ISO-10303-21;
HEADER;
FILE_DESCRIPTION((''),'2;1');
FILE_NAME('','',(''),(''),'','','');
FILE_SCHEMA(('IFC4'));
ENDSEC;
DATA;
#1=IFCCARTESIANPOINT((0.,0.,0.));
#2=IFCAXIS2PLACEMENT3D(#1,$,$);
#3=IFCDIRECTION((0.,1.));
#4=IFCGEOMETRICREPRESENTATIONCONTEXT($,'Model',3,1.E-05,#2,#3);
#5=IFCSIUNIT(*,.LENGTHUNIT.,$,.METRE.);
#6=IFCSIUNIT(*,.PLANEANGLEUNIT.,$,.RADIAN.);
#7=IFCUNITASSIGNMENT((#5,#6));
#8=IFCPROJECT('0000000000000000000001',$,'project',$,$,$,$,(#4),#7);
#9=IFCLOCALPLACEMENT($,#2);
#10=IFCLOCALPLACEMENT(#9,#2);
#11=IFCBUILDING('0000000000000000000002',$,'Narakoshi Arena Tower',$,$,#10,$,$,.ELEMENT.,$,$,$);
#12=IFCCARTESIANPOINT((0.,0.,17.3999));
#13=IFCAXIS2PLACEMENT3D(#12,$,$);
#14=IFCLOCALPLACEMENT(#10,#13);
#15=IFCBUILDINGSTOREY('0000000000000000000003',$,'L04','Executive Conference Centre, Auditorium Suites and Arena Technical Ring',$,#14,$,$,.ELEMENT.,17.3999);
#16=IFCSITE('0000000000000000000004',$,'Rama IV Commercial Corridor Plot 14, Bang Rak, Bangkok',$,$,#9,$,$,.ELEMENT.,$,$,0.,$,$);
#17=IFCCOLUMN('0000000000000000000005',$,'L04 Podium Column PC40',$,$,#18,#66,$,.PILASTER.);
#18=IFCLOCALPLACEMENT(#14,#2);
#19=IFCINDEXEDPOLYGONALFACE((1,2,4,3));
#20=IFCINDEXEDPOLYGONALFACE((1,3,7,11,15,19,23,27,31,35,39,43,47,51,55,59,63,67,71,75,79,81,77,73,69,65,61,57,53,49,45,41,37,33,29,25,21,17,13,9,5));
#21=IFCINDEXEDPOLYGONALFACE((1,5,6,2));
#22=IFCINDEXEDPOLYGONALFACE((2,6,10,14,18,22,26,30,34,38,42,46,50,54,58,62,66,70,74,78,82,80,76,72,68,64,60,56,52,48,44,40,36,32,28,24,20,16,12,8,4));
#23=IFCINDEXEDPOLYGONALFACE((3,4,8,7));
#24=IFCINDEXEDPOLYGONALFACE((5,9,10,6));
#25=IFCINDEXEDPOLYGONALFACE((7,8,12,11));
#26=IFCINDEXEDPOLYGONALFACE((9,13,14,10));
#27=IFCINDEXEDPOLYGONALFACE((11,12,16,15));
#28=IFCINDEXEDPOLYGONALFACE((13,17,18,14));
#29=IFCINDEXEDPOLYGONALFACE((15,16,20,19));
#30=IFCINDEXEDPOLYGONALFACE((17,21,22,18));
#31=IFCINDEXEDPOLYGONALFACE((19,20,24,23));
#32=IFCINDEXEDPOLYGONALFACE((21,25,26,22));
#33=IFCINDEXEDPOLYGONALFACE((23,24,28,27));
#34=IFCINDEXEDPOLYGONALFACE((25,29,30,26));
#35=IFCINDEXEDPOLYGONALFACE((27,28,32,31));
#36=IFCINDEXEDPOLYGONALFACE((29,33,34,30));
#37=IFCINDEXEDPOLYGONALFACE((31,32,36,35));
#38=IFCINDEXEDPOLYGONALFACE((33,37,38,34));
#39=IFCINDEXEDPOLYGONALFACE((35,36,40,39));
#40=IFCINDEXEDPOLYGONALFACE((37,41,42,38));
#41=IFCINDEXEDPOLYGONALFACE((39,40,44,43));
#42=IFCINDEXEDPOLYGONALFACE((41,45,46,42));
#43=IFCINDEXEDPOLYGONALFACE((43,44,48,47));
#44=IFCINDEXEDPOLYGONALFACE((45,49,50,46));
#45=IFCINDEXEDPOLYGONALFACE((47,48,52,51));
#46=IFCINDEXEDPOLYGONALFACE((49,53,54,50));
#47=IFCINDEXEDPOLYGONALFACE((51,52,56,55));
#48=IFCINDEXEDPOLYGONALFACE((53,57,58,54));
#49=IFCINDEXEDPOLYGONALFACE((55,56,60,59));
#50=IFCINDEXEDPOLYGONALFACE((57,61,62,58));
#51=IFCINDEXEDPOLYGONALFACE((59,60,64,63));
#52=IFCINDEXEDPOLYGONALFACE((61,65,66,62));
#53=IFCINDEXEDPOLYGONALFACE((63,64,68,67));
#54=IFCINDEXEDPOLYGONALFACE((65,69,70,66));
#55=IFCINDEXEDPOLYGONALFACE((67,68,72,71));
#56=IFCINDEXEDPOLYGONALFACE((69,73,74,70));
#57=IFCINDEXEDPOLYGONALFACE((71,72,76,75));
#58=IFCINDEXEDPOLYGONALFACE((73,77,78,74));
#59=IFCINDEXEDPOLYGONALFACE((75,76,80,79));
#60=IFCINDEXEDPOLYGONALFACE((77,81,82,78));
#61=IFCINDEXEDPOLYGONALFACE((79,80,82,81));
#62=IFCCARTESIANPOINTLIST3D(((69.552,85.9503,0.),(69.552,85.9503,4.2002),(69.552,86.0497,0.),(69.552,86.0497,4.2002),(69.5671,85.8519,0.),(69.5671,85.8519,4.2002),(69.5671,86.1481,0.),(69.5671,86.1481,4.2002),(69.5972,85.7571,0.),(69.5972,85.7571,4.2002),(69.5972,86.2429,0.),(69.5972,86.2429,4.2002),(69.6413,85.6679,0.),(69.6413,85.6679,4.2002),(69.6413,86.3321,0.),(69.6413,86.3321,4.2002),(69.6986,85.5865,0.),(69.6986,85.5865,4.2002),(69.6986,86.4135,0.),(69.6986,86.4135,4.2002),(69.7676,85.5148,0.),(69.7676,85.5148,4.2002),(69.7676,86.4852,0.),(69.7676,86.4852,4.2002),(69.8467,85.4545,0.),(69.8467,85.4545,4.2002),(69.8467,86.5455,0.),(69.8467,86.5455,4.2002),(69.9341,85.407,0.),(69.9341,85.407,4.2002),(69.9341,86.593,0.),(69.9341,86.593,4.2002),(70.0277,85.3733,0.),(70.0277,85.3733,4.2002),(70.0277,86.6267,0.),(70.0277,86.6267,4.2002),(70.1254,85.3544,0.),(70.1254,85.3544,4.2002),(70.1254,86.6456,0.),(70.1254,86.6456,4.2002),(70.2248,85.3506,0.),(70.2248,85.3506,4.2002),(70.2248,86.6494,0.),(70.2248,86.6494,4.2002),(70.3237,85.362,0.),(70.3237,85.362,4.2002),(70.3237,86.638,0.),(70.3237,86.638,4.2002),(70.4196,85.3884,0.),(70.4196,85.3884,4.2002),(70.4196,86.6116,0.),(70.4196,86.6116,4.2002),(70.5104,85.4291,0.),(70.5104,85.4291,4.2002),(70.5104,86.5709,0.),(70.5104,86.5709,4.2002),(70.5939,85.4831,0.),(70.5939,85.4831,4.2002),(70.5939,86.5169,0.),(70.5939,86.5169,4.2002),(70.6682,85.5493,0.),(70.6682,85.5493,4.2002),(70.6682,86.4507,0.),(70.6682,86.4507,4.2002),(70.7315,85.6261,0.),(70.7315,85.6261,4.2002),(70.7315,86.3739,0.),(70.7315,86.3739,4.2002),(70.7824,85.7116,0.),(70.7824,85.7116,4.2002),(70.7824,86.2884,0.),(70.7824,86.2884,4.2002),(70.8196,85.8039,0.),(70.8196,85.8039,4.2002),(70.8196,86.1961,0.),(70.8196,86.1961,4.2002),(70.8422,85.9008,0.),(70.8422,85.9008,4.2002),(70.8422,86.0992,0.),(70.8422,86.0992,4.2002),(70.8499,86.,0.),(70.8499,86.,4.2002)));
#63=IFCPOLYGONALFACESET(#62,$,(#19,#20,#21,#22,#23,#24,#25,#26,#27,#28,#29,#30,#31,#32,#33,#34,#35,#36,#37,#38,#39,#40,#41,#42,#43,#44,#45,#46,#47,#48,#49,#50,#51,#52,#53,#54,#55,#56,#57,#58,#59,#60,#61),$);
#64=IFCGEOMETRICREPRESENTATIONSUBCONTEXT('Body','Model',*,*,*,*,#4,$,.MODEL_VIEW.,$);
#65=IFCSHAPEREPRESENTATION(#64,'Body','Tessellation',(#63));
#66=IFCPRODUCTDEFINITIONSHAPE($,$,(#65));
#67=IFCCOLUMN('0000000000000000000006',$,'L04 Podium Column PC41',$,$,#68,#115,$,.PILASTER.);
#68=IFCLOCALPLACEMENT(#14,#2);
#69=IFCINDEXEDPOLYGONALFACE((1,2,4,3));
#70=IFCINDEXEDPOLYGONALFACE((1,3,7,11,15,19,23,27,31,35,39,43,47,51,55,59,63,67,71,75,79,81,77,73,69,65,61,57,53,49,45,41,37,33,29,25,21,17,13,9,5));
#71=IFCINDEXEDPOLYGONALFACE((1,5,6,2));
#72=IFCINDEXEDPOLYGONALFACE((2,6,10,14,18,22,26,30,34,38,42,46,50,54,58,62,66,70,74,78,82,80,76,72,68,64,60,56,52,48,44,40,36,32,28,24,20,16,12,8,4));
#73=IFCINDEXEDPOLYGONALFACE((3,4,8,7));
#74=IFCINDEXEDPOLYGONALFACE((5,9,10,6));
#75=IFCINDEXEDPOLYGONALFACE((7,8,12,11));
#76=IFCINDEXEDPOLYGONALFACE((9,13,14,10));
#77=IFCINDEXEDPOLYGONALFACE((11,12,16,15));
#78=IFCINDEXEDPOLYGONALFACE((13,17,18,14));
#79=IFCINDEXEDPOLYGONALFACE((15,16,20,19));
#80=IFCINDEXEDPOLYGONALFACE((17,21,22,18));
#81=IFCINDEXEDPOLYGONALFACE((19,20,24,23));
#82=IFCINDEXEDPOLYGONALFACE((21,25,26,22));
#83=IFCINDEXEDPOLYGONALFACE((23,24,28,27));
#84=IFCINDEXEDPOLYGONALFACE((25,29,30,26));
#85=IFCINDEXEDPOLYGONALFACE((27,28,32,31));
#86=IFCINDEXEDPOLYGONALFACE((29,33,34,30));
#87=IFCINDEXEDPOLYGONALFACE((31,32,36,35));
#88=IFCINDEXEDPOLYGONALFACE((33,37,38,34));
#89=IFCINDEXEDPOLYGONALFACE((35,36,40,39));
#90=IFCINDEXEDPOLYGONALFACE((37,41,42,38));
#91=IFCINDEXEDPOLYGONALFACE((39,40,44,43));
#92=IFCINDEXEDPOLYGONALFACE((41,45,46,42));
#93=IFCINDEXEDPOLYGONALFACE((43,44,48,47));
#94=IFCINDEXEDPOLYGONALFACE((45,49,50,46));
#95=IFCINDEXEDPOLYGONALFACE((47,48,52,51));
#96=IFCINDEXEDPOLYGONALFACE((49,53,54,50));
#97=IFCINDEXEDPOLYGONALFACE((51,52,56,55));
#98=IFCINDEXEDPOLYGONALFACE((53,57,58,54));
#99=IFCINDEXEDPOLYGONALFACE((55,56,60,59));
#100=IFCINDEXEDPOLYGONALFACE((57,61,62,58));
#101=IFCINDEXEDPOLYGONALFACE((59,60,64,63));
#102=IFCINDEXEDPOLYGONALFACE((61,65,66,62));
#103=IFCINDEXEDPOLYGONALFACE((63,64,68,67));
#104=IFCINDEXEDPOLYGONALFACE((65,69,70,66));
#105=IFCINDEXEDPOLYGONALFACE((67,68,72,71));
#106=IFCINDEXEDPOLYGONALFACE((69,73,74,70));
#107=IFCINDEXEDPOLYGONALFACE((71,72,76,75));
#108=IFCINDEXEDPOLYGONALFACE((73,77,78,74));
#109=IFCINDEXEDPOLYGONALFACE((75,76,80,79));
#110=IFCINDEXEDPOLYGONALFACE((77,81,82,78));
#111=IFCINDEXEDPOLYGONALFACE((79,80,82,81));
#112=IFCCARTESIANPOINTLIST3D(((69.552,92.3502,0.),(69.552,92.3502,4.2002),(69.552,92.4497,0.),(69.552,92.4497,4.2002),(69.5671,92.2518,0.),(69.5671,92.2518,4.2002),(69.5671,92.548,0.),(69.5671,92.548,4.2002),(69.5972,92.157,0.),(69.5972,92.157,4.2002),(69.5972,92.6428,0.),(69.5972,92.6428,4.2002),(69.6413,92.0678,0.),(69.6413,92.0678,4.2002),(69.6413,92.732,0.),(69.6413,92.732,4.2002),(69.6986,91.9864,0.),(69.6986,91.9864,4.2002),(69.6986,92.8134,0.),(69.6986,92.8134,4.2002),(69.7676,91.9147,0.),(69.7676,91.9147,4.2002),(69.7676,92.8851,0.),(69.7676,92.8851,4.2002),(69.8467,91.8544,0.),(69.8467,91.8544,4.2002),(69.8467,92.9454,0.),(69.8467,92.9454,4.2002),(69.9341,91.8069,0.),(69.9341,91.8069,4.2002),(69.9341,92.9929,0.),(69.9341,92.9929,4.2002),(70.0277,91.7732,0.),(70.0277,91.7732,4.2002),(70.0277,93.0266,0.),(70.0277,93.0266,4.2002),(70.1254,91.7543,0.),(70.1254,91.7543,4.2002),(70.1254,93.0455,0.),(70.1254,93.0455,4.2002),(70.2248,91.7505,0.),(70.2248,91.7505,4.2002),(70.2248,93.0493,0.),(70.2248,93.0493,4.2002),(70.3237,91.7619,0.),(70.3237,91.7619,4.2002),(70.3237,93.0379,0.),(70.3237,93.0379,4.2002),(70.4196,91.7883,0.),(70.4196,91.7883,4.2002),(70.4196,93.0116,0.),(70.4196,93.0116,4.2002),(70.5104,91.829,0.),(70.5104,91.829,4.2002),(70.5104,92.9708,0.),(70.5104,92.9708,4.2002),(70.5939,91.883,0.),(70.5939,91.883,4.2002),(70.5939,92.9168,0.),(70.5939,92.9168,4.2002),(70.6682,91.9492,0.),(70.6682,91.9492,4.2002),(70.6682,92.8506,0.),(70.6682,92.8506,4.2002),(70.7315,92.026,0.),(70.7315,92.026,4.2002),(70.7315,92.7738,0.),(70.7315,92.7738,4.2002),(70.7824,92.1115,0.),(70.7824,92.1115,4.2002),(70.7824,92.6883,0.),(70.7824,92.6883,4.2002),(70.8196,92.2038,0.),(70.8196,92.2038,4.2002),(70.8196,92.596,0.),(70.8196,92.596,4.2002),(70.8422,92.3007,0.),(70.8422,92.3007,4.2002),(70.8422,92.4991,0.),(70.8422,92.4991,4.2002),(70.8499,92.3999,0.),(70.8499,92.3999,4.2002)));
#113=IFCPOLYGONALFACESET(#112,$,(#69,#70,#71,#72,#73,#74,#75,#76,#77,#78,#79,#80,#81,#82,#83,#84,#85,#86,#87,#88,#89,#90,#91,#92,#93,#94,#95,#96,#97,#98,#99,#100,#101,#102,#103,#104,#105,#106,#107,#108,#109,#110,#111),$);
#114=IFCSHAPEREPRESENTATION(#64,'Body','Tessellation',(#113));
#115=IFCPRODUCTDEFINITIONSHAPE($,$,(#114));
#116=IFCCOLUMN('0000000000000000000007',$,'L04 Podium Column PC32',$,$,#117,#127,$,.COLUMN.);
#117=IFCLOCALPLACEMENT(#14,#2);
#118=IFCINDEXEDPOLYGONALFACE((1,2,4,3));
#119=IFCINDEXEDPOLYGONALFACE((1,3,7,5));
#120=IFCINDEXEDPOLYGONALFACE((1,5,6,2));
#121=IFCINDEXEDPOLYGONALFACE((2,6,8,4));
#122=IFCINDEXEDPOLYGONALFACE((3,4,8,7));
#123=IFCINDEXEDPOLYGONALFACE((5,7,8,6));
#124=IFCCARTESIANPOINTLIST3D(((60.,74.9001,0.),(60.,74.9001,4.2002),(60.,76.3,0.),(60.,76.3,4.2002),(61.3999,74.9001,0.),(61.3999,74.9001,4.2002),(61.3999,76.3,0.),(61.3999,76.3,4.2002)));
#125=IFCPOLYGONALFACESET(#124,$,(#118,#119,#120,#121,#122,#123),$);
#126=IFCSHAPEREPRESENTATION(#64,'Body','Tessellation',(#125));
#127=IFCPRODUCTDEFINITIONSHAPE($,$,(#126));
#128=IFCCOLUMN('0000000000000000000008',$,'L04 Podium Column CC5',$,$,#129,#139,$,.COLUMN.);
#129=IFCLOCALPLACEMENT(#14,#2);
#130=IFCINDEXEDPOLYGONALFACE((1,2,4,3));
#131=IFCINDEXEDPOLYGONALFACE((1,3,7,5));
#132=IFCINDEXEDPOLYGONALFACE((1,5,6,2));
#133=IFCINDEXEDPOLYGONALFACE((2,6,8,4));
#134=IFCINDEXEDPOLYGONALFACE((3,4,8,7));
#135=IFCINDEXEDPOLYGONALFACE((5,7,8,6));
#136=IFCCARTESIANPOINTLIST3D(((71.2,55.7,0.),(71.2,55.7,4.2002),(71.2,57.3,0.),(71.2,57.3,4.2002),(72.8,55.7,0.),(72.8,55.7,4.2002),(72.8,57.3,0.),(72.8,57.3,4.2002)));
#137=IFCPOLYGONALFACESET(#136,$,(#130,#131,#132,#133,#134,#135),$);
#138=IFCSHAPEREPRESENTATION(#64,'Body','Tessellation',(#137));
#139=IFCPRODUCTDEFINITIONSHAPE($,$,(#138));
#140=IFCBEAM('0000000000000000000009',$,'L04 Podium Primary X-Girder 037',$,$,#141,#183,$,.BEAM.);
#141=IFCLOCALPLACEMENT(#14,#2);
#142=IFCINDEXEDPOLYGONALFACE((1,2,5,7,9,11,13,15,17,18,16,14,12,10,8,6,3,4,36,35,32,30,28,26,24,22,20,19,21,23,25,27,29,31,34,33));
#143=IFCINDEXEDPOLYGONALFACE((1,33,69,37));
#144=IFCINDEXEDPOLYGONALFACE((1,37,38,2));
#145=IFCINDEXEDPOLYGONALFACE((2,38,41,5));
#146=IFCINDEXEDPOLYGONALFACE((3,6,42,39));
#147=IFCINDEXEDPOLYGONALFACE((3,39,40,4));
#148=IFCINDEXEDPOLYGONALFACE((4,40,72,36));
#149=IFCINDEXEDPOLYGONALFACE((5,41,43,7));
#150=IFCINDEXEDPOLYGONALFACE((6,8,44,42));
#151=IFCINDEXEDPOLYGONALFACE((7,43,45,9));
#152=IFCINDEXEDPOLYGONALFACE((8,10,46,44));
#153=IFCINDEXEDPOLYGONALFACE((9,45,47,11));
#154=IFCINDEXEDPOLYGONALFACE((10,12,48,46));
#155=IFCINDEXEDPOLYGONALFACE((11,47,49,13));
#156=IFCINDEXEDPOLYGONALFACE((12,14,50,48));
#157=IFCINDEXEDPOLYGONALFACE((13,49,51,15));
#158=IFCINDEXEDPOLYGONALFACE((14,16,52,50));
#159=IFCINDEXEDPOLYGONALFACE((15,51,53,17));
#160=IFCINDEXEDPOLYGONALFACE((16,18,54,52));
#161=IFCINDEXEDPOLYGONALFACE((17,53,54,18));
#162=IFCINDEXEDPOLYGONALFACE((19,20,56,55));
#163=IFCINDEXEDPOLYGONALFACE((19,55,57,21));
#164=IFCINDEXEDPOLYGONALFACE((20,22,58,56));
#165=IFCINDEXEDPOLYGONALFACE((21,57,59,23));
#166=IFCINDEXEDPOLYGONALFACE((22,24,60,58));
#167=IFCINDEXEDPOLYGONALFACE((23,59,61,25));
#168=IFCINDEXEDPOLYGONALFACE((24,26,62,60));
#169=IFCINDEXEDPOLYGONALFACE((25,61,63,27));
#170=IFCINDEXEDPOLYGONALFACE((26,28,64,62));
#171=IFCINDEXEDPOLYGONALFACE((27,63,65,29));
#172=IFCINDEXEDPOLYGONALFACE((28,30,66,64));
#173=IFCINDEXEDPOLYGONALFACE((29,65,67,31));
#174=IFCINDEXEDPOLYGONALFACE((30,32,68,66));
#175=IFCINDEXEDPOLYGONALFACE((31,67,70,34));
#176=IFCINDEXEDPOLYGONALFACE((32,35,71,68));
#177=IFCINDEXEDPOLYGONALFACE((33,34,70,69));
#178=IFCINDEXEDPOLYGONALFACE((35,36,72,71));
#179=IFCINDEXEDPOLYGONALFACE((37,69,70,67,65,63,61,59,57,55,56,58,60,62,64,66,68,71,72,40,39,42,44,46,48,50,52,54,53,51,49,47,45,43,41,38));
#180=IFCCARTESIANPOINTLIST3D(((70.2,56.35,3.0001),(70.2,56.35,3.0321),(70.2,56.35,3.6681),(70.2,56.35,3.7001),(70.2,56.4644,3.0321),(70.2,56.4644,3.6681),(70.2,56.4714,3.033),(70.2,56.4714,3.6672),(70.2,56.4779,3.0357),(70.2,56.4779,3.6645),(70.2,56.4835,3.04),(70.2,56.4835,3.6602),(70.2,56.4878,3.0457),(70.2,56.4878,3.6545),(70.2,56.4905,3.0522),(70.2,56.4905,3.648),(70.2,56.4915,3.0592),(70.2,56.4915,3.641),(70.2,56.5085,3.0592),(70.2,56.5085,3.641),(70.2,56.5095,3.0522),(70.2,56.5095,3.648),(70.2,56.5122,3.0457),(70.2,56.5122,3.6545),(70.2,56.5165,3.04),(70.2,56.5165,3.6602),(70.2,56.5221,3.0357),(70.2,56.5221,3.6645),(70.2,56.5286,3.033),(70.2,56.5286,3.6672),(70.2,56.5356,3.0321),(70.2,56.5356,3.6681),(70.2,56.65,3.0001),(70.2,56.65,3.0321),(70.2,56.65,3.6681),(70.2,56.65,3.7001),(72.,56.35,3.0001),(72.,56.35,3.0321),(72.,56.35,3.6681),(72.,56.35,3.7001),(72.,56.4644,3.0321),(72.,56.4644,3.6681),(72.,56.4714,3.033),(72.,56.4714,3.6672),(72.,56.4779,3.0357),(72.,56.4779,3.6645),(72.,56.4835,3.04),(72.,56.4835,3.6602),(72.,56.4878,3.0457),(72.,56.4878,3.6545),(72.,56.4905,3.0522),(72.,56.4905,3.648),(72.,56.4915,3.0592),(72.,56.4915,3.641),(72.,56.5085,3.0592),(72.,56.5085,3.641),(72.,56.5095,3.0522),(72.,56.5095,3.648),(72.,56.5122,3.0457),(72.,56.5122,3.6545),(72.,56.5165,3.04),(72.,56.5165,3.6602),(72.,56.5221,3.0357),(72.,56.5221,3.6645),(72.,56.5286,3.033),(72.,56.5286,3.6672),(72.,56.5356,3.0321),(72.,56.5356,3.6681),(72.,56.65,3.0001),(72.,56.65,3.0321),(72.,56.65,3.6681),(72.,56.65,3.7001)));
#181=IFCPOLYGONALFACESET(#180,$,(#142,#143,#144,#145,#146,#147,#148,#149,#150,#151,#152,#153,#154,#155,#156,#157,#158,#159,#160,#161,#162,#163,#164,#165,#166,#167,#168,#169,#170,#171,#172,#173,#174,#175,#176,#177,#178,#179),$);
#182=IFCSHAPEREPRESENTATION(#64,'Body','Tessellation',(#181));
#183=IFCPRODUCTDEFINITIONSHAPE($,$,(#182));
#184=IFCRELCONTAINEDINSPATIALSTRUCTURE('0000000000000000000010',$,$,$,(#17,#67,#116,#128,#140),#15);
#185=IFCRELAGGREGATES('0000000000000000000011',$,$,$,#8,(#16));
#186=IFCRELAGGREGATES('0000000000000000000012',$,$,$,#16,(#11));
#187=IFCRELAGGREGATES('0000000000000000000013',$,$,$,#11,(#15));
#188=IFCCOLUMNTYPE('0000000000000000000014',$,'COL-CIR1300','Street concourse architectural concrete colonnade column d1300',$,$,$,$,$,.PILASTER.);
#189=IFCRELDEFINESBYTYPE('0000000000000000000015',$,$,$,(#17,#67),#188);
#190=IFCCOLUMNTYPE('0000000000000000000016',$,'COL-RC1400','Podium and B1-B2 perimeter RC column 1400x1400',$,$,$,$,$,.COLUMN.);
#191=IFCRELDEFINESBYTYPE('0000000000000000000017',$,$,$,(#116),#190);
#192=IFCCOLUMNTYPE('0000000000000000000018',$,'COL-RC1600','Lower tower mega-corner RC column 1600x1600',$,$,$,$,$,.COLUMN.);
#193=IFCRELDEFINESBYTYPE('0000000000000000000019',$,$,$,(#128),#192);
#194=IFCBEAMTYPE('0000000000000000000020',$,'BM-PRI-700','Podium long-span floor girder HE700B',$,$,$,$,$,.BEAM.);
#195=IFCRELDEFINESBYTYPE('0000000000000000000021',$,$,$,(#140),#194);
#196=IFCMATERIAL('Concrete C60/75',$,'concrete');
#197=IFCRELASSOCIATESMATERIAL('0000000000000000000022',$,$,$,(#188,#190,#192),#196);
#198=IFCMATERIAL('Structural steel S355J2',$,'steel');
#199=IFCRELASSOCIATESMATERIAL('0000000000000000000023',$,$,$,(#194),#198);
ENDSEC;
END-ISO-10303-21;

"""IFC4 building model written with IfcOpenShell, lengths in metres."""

from ifc_helpers import new_model, si_unit, direction, frame, origin, origin_2d, place, context, subcontext, project, spatial, rectangle, circle, i_section, extrude, material, material_profile, profile_set, type_object, element, save


model = new_model("IFC4")

# Units and contexts
model_context = context("Model", 3, precision=1e-05, world=origin(), true_north=direction((0.0, 1.0)))
body_context = subcontext(model_context, "Body", "Model", "MODEL_VIEW")
ifc_project = project(units=[si_unit("LENGTHUNIT", "METRE"), si_unit("PLANEANGLEUNIT", "RADIAN")], contexts=[model_context])

# Site, building, storey
site_placement = place(None, origin())
site = spatial("IfcSite", under=ifc_project, at=site_placement, Name="Rama IV Commercial Corridor Plot 14, Bang Rak, Bangkok", CompositionType="ELEMENT", RefElevation=0.0)
building_placement = place(site_placement, origin())
building = spatial("IfcBuilding", under=site, at=building_placement, Name="Narakoshi Arena Tower", CompositionType="ELEMENT")
storey_placement = place(building_placement, frame((0.0, 0.0, 17.3999)))
storey = spatial("IfcBuildingStorey", under=building, at=storey_placement, Name="L04", Description="Executive Conference Centre, Auditorium Suites and Arena Technical Ring", CompositionType="ELEMENT", Elevation=17.3999)

# Columns
ifc_material_1 = material(Name="Concrete C60/75", Category="concrete")
ifc_material_profile_1 = material_profile(ifc_material_1, circle(Radius=0.6499, at=origin_2d()), Name="RCC1300")
ifc_profile_set_1 = profile_set([ifc_material_profile_1], Name="Concrete C60/75")
column_type_1 = type_object("IfcColumnType", Name="COL-CIR1300", Description="Street concourse architectural concrete colonnade column d1300", PredefinedType="PILASTER", material=ifc_profile_set_1)
for number, where, z_axis, x_axis, name in (
    (1, (70.2, 86.0, 0.0), (0.0, 0.0, 1.0), (1.0, 0.0, 0.0), "L04 Podium Column PC40"),
    (2, (70.2, 92.3999, 0.0), (0.0, 0.0, 1.0), (1.0, 0.0, 0.0), "L04 Podium Column PC41"),
):
    element("IfcColumn", number, at=place(storey_placement, frame(where, z_axis=z_axis, x_axis=x_axis)), inside=storey, type_object=column_type_1, Name=name, PredefinedType="PILASTER", context=body_context, shape_type="SweptSolid", body=[
        extrude(circle(Radius=0.6499, at=origin_2d()), origin(), (0.0, 0.0, 1.0), 4.2002),
    ])
ifc_material_profile_2 = material_profile(ifc_material_1, rectangle(XDim=1.3999, YDim=1.3999, at=origin_2d()), Name="RC1400x1400")
ifc_profile_set_2 = profile_set([ifc_material_profile_2], Name="Concrete C60/75")
column_type_2 = type_object("IfcColumnType", Name="COL-RC1400", Description="Podium and B1-B2 perimeter RC column 1400x1400", PredefinedType="COLUMN", material=ifc_profile_set_2)
column_1_placement = place(storey_placement, frame((60.7, 75.6001, 0.0), z_axis=(0.0, 0.0, 1.0), x_axis=(1.0, 0.0, 0.0)))
element("IfcColumn", 3, at=column_1_placement, inside=storey, type_object=column_type_2, Name="L04 Podium Column PC32", PredefinedType="COLUMN", context=body_context, shape_type="SweptSolid", body=[
    extrude(rectangle(XDim=1.3999, YDim=1.3999, at=origin_2d()), origin(), (0.0, 0.0, 1.0), 4.2002),
])
ifc_material_profile_3 = material_profile(ifc_material_1, rectangle(XDim=1.6001, YDim=1.6001, at=origin_2d()), Name="RC1600x1600")
ifc_profile_set_3 = profile_set([ifc_material_profile_3], Name="Concrete C60/75")
column_type_3 = type_object("IfcColumnType", Name="COL-RC1600", Description="Lower tower mega-corner RC column 1600x1600", PredefinedType="COLUMN", material=ifc_profile_set_3)
column_2_placement = place(storey_placement, frame((72.0, 56.5, 0.0), z_axis=(0.0, 0.0, 1.0), x_axis=(1.0, 0.0, 0.0)))
element("IfcColumn", 4, at=column_2_placement, inside=storey, type_object=column_type_3, Name="L04 Podium Column CC5", PredefinedType="COLUMN", context=body_context, shape_type="SweptSolid", body=[
    extrude(rectangle(XDim=1.6001, YDim=1.6001, at=origin_2d()), origin(), (0.0, 0.0, 1.0), 4.2002),
])

# Beam
ifc_material_2 = material(Name="Structural steel S355J2", Category="steel")
ifc_material_profile_4 = material_profile(ifc_material_2, i_section(OverallWidth=0.3, OverallDepth=0.7, WebThickness=0.0171, FlangeThickness=0.032, FilletRadius=0.0271, at=origin_2d()), Name="HE700B")
ifc_profile_set_4 = profile_set([ifc_material_profile_4], Name="Structural steel S355J2")
beam_type_1 = type_object("IfcBeamType", Name="BM-PRI-700", Description="Podium long-span floor girder HE700B", PredefinedType="BEAM", material=ifc_profile_set_4)
beam_1_placement = place(storey_placement, frame((70.2, 56.5, 3.3501), z_axis=(1.0, 0.0, 0.0), x_axis=(0.0, 1.0, 0.0)))
element("IfcBeam", 5, at=beam_1_placement, inside=storey, type_object=beam_type_1, Name="L04 Podium Primary X-Girder 037", PredefinedType="BEAM", context=body_context, shape_type="SweptSolid", body=[
    extrude(i_section(OverallWidth=0.3, OverallDepth=0.7, WebThickness=0.0171, FlangeThickness=0.032, FilletRadius=0.0271, at=origin_2d()), origin(), (0.0, 0.0, 1.0), 1.8),
])

save(model, "model.ifc")
